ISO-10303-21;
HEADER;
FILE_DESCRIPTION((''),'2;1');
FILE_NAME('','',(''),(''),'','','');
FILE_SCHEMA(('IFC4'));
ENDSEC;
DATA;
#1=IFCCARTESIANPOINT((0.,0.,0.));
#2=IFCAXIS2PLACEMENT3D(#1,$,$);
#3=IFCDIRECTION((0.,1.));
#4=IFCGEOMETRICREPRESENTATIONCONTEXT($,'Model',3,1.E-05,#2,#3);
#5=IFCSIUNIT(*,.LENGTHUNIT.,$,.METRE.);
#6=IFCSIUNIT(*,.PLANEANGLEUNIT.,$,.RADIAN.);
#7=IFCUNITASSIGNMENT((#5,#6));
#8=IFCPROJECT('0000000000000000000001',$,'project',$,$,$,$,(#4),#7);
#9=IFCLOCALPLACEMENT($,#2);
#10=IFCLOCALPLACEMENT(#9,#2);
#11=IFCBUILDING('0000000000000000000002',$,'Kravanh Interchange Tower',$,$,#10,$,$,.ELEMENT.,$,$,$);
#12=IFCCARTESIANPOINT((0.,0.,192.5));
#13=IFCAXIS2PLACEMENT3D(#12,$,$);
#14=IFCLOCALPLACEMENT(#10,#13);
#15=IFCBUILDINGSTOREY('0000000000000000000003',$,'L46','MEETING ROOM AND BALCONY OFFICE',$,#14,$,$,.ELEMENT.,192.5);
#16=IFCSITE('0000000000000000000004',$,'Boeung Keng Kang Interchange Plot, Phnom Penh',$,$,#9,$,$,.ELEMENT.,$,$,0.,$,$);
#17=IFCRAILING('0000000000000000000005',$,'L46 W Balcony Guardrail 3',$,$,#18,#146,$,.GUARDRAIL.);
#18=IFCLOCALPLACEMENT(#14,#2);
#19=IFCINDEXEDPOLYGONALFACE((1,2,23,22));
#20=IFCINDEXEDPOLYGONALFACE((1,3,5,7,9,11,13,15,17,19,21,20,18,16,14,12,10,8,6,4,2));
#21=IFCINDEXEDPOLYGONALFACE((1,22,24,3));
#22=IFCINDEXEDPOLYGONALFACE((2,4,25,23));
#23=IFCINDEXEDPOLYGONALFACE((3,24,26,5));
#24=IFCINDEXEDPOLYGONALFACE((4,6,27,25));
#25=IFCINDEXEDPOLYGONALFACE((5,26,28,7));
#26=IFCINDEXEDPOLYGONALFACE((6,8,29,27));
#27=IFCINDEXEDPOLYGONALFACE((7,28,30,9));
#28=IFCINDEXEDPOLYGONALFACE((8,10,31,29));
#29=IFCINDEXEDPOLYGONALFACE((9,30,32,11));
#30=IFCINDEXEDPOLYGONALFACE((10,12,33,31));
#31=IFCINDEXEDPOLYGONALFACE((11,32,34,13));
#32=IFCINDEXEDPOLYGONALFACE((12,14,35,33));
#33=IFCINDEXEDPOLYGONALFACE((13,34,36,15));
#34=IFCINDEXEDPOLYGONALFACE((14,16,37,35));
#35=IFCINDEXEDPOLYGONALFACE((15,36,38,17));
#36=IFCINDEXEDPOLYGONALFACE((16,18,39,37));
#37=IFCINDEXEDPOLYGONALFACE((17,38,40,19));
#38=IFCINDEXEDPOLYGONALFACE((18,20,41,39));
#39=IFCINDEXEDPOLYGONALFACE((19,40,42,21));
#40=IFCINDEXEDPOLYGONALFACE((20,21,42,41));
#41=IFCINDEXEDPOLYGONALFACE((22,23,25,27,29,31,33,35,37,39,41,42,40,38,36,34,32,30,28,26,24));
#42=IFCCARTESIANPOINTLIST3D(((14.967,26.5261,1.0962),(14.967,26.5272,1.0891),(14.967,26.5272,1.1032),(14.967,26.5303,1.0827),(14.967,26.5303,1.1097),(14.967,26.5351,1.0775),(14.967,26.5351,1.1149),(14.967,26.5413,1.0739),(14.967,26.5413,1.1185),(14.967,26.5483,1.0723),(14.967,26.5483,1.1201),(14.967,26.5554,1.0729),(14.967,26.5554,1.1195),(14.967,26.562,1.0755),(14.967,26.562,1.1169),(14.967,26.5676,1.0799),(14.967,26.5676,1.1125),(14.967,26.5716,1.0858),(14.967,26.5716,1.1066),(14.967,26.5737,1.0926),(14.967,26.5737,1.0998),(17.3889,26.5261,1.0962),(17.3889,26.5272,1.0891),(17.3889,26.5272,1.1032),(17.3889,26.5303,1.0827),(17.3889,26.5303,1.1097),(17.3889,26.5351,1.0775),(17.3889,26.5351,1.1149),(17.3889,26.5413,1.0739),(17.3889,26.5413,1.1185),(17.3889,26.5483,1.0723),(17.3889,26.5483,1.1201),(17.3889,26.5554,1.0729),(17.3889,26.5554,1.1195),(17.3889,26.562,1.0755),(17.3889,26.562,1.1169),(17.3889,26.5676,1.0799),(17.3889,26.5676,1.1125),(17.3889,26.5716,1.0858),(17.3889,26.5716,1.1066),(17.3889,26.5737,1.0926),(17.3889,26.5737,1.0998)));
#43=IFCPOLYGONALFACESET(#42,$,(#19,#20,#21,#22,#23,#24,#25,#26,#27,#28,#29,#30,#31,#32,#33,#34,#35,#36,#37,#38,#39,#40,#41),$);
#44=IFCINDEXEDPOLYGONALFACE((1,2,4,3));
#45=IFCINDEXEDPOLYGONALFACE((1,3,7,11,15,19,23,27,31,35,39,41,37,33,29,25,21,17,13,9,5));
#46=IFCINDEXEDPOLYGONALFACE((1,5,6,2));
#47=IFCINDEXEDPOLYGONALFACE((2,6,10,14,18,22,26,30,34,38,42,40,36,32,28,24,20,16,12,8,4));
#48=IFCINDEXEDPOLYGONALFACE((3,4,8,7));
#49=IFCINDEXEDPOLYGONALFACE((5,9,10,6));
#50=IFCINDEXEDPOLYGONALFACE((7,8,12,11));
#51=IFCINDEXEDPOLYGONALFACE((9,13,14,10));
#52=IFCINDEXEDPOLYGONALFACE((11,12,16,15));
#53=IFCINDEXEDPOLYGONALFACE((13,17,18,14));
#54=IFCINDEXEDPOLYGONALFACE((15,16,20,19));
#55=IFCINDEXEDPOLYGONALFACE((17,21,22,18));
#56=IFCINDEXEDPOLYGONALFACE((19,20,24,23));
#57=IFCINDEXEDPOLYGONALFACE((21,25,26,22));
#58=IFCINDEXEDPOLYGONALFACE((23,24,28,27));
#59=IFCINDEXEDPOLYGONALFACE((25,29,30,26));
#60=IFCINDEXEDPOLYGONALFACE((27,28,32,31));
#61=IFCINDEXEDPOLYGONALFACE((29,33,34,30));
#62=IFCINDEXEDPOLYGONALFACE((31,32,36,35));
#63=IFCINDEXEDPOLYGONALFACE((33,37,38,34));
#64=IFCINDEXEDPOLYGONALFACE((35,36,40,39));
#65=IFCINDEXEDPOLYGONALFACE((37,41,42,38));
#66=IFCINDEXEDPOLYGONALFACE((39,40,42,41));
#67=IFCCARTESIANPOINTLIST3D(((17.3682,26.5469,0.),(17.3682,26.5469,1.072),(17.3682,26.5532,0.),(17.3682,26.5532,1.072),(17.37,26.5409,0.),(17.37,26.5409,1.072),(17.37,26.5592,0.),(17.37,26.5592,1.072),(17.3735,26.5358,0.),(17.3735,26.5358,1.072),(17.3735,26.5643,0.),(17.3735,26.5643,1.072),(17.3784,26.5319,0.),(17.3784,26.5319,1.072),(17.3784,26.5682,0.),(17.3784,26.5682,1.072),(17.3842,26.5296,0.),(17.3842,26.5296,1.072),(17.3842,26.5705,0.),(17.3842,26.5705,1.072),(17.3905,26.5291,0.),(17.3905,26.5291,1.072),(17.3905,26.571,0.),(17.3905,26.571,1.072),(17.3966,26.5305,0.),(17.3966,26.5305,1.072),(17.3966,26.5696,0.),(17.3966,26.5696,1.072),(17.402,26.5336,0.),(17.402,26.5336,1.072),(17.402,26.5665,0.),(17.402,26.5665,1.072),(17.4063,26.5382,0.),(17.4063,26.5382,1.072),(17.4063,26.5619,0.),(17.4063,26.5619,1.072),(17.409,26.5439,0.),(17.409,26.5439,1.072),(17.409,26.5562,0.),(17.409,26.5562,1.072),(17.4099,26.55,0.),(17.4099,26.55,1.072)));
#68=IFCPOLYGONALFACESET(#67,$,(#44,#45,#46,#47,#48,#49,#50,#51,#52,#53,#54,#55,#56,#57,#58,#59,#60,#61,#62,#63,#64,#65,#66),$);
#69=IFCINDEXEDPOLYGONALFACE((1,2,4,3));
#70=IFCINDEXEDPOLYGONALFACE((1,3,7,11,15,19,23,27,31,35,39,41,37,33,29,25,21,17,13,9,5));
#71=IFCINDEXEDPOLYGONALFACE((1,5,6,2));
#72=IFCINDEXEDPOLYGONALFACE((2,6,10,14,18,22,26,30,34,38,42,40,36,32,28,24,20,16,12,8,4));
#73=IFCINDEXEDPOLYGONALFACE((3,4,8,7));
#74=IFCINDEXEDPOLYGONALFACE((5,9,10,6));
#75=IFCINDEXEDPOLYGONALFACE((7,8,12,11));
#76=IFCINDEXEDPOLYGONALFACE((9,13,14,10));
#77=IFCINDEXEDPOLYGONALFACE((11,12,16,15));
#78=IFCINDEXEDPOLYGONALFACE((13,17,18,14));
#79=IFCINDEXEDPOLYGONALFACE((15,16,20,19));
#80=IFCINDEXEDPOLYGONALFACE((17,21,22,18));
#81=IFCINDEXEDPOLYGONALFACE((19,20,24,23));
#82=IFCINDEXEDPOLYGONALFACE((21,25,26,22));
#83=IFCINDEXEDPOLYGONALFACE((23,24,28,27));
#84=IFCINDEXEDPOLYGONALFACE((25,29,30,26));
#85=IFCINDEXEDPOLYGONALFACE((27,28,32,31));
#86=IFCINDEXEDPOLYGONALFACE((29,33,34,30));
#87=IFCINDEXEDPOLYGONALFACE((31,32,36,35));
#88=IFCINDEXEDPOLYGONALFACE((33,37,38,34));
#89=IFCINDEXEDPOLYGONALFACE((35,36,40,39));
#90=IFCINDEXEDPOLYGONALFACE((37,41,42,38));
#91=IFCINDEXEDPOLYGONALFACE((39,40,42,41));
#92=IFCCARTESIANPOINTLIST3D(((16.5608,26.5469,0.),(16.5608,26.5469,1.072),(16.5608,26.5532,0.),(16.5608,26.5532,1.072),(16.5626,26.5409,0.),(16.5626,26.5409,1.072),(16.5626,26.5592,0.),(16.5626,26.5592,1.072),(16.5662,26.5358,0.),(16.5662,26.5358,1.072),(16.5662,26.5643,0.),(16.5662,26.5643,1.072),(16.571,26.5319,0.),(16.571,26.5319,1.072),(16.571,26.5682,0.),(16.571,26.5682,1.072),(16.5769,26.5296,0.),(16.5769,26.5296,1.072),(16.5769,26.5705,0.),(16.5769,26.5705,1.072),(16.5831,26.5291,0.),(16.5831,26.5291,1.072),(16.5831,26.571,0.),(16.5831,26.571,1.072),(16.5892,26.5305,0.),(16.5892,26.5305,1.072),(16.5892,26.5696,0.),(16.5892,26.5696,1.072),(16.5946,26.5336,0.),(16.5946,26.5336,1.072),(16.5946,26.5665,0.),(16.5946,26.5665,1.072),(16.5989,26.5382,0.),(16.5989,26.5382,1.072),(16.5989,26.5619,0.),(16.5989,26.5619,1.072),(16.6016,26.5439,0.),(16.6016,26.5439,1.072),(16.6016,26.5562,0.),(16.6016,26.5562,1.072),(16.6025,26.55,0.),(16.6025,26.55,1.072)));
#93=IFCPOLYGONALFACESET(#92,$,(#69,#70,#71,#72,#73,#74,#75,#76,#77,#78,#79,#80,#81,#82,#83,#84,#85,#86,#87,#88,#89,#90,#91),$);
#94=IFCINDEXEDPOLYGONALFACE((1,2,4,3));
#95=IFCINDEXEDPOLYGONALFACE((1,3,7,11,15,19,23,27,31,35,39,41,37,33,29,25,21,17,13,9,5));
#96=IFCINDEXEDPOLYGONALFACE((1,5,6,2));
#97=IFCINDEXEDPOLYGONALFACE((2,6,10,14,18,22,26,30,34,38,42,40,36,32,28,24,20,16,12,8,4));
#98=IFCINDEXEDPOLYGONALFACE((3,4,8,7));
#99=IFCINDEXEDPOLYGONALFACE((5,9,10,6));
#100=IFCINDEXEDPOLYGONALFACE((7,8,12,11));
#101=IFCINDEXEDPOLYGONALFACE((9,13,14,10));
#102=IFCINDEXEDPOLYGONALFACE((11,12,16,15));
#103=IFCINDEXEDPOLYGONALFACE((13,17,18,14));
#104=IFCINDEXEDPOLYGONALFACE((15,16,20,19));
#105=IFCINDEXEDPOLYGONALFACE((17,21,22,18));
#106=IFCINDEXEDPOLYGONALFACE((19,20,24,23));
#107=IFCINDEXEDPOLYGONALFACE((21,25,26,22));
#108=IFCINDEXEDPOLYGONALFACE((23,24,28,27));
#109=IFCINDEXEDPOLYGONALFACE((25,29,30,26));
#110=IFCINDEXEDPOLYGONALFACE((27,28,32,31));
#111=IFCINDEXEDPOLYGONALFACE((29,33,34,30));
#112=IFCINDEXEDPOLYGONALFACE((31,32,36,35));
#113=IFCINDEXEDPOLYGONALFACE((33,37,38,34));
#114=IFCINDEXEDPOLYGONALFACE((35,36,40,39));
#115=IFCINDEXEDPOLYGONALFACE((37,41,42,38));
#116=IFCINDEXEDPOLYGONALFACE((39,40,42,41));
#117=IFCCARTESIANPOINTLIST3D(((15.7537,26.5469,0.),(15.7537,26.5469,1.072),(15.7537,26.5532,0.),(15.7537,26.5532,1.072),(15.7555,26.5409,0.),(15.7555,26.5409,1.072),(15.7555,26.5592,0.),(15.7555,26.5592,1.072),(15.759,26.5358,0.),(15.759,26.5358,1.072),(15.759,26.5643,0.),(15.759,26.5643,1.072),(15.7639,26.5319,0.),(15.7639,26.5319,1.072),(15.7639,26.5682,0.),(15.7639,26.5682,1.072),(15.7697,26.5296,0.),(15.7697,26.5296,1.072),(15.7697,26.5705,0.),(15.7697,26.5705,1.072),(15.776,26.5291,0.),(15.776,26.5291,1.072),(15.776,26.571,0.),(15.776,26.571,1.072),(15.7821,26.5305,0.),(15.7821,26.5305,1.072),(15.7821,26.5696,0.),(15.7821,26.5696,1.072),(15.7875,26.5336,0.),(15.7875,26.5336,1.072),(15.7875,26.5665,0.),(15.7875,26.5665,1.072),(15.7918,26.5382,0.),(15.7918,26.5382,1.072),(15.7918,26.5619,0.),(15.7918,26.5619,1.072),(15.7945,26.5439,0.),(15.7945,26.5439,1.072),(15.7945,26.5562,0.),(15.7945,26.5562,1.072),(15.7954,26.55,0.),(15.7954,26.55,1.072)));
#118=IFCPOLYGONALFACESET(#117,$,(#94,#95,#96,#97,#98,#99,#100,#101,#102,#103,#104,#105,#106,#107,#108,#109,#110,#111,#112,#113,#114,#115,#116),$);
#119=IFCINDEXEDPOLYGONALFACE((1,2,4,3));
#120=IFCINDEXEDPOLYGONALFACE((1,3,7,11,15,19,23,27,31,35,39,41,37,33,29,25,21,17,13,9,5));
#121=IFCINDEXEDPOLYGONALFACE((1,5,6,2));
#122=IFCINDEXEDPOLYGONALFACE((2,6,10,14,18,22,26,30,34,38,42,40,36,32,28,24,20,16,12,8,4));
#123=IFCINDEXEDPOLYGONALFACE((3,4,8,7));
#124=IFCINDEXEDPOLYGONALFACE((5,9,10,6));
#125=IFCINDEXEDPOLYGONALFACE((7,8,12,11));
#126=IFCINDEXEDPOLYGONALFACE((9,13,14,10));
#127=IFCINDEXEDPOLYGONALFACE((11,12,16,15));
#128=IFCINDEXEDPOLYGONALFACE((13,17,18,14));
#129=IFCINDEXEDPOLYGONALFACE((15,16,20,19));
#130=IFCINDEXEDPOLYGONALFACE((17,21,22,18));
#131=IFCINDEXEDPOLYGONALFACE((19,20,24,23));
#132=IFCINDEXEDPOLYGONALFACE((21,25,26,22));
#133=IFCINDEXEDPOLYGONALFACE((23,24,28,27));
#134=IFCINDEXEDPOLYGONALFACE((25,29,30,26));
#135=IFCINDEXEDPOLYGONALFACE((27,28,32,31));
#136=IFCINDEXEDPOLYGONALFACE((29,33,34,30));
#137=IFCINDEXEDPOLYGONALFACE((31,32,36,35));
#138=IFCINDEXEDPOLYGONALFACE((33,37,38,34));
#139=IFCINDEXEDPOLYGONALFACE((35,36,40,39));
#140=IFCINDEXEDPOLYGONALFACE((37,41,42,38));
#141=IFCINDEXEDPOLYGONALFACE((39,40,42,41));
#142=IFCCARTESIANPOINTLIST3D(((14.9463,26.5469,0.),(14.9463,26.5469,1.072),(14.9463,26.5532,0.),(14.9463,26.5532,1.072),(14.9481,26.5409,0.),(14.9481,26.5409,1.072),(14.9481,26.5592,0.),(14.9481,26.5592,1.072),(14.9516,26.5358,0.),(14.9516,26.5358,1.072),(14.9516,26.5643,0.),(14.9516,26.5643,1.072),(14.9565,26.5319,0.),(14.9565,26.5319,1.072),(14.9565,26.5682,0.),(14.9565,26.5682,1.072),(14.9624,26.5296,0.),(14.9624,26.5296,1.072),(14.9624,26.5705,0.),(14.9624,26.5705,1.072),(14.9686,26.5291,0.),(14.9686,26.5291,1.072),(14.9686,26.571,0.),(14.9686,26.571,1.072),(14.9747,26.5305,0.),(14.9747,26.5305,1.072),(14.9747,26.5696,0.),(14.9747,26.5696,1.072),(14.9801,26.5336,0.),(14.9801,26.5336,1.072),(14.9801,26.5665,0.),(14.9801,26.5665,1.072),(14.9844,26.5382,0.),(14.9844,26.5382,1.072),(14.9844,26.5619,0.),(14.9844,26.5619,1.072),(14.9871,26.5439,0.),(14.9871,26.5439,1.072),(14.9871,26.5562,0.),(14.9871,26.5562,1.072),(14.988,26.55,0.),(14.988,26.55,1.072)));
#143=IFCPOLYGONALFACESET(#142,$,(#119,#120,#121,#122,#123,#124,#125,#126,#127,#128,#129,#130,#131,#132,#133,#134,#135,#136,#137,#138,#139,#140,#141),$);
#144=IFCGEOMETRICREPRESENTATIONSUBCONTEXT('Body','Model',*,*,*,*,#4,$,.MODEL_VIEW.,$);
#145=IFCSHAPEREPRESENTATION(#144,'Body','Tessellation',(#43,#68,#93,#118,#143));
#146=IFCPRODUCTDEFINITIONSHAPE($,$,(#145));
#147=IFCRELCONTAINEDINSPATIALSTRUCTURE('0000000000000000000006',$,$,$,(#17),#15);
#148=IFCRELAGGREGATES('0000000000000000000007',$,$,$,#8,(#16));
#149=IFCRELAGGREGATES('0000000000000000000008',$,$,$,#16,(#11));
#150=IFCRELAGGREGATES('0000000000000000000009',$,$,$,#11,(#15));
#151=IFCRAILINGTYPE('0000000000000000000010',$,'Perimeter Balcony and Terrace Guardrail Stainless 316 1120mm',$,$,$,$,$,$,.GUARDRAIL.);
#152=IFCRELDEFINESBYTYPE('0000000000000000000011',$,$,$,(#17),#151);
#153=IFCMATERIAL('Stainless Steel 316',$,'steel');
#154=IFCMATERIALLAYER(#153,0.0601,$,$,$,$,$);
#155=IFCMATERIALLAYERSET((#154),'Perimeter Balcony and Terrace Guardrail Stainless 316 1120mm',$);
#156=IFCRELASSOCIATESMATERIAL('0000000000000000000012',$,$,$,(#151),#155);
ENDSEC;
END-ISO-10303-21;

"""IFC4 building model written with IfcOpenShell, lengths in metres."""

from ifc_helpers import new_model, si_unit, direction, frame, origin, origin_2d, place, context, subcontext, project, spatial, circle, extrude, material, layer, layer_set, type_object, element, save


model = new_model("IFC4")

# Units and contexts
model_context = context("Model", 3, precision=1e-05, world=origin(), true_north=direction((0.0, 1.0)))
body_context = subcontext(model_context, "Body", "Model", "MODEL_VIEW")
ifc_project = project(units=[si_unit("LENGTHUNIT", "METRE"), si_unit("PLANEANGLEUNIT", "RADIAN")], contexts=[model_context])

# Site, building, storey
site_placement = place(None, origin())
site = spatial("IfcSite", under=ifc_project, at=site_placement, Name="Boeung Keng Kang Interchange Plot, Phnom Penh", CompositionType="ELEMENT", RefElevation=0.0)
building_placement = place(site_placement, origin())
building = spatial("IfcBuilding", under=site, at=building_placement, Name="Kravanh Interchange Tower", CompositionType="ELEMENT")
storey_placement = place(building_placement, frame((0.0, 0.0, 192.5)))
storey = spatial("IfcBuildingStorey", under=building, at=storey_placement, Name="L46", Description="MEETING ROOM AND BALCONY OFFICE", CompositionType="ELEMENT", Elevation=192.5)

# Railing
ifc_material_1 = material(Name="Stainless Steel 316", Category="steel")
ifc_layer_1 = layer(ifc_material_1, 0.0601)
ifc_layer_set_1 = layer_set([ifc_layer_1], Name="Perimeter Balcony and Terrace Guardrail Stainless 316 1120mm")
railing_type = type_object("IfcRailingType", Name="Perimeter Balcony and Terrace Guardrail Stainless 316 1120mm", PredefinedType="GUARDRAIL", material=ifc_layer_set_1)
railing_1_placement = place(storey_placement, frame((17.3889, 26.55, 0.0)))
element("IfcRailing", 1, at=railing_1_placement, inside=storey, type_object=railing_type, Name="L46 W Balcony Guardrail 3", PredefinedType="GUARDRAIL", context=body_context, shape_type="SweptSolid", body=[
    extrude(circle(Radius=0.0239, at=origin_2d()), frame((0.0, 0.0, 1.0962), z_axis=(-1.0, 0.0, 0.0), x_axis=(0.0, -1.0, 0.0)), (0.0, 0.0, 1.0), 2.4219),
    extrude(circle(Radius=0.021, at=origin_2d()), origin(), (0.0, 0.0, 1.0), 1.072),
    extrude(circle(Radius=0.021, at=origin_2d()), frame((-0.8074, 0.0, 0.0)), (0.0, 0.0, 1.0), 1.072),
    extrude(circle(Radius=0.021, at=origin_2d()), frame((-1.6145, 0.0, 0.0)), (0.0, 0.0, 1.0), 1.072),
    extrude(circle(Radius=0.021, at=origin_2d()), frame((-2.4219, 0.0, 0.0)), (0.0, 0.0, 1.0), 1.072),
])

save(model, "model.ifc")
